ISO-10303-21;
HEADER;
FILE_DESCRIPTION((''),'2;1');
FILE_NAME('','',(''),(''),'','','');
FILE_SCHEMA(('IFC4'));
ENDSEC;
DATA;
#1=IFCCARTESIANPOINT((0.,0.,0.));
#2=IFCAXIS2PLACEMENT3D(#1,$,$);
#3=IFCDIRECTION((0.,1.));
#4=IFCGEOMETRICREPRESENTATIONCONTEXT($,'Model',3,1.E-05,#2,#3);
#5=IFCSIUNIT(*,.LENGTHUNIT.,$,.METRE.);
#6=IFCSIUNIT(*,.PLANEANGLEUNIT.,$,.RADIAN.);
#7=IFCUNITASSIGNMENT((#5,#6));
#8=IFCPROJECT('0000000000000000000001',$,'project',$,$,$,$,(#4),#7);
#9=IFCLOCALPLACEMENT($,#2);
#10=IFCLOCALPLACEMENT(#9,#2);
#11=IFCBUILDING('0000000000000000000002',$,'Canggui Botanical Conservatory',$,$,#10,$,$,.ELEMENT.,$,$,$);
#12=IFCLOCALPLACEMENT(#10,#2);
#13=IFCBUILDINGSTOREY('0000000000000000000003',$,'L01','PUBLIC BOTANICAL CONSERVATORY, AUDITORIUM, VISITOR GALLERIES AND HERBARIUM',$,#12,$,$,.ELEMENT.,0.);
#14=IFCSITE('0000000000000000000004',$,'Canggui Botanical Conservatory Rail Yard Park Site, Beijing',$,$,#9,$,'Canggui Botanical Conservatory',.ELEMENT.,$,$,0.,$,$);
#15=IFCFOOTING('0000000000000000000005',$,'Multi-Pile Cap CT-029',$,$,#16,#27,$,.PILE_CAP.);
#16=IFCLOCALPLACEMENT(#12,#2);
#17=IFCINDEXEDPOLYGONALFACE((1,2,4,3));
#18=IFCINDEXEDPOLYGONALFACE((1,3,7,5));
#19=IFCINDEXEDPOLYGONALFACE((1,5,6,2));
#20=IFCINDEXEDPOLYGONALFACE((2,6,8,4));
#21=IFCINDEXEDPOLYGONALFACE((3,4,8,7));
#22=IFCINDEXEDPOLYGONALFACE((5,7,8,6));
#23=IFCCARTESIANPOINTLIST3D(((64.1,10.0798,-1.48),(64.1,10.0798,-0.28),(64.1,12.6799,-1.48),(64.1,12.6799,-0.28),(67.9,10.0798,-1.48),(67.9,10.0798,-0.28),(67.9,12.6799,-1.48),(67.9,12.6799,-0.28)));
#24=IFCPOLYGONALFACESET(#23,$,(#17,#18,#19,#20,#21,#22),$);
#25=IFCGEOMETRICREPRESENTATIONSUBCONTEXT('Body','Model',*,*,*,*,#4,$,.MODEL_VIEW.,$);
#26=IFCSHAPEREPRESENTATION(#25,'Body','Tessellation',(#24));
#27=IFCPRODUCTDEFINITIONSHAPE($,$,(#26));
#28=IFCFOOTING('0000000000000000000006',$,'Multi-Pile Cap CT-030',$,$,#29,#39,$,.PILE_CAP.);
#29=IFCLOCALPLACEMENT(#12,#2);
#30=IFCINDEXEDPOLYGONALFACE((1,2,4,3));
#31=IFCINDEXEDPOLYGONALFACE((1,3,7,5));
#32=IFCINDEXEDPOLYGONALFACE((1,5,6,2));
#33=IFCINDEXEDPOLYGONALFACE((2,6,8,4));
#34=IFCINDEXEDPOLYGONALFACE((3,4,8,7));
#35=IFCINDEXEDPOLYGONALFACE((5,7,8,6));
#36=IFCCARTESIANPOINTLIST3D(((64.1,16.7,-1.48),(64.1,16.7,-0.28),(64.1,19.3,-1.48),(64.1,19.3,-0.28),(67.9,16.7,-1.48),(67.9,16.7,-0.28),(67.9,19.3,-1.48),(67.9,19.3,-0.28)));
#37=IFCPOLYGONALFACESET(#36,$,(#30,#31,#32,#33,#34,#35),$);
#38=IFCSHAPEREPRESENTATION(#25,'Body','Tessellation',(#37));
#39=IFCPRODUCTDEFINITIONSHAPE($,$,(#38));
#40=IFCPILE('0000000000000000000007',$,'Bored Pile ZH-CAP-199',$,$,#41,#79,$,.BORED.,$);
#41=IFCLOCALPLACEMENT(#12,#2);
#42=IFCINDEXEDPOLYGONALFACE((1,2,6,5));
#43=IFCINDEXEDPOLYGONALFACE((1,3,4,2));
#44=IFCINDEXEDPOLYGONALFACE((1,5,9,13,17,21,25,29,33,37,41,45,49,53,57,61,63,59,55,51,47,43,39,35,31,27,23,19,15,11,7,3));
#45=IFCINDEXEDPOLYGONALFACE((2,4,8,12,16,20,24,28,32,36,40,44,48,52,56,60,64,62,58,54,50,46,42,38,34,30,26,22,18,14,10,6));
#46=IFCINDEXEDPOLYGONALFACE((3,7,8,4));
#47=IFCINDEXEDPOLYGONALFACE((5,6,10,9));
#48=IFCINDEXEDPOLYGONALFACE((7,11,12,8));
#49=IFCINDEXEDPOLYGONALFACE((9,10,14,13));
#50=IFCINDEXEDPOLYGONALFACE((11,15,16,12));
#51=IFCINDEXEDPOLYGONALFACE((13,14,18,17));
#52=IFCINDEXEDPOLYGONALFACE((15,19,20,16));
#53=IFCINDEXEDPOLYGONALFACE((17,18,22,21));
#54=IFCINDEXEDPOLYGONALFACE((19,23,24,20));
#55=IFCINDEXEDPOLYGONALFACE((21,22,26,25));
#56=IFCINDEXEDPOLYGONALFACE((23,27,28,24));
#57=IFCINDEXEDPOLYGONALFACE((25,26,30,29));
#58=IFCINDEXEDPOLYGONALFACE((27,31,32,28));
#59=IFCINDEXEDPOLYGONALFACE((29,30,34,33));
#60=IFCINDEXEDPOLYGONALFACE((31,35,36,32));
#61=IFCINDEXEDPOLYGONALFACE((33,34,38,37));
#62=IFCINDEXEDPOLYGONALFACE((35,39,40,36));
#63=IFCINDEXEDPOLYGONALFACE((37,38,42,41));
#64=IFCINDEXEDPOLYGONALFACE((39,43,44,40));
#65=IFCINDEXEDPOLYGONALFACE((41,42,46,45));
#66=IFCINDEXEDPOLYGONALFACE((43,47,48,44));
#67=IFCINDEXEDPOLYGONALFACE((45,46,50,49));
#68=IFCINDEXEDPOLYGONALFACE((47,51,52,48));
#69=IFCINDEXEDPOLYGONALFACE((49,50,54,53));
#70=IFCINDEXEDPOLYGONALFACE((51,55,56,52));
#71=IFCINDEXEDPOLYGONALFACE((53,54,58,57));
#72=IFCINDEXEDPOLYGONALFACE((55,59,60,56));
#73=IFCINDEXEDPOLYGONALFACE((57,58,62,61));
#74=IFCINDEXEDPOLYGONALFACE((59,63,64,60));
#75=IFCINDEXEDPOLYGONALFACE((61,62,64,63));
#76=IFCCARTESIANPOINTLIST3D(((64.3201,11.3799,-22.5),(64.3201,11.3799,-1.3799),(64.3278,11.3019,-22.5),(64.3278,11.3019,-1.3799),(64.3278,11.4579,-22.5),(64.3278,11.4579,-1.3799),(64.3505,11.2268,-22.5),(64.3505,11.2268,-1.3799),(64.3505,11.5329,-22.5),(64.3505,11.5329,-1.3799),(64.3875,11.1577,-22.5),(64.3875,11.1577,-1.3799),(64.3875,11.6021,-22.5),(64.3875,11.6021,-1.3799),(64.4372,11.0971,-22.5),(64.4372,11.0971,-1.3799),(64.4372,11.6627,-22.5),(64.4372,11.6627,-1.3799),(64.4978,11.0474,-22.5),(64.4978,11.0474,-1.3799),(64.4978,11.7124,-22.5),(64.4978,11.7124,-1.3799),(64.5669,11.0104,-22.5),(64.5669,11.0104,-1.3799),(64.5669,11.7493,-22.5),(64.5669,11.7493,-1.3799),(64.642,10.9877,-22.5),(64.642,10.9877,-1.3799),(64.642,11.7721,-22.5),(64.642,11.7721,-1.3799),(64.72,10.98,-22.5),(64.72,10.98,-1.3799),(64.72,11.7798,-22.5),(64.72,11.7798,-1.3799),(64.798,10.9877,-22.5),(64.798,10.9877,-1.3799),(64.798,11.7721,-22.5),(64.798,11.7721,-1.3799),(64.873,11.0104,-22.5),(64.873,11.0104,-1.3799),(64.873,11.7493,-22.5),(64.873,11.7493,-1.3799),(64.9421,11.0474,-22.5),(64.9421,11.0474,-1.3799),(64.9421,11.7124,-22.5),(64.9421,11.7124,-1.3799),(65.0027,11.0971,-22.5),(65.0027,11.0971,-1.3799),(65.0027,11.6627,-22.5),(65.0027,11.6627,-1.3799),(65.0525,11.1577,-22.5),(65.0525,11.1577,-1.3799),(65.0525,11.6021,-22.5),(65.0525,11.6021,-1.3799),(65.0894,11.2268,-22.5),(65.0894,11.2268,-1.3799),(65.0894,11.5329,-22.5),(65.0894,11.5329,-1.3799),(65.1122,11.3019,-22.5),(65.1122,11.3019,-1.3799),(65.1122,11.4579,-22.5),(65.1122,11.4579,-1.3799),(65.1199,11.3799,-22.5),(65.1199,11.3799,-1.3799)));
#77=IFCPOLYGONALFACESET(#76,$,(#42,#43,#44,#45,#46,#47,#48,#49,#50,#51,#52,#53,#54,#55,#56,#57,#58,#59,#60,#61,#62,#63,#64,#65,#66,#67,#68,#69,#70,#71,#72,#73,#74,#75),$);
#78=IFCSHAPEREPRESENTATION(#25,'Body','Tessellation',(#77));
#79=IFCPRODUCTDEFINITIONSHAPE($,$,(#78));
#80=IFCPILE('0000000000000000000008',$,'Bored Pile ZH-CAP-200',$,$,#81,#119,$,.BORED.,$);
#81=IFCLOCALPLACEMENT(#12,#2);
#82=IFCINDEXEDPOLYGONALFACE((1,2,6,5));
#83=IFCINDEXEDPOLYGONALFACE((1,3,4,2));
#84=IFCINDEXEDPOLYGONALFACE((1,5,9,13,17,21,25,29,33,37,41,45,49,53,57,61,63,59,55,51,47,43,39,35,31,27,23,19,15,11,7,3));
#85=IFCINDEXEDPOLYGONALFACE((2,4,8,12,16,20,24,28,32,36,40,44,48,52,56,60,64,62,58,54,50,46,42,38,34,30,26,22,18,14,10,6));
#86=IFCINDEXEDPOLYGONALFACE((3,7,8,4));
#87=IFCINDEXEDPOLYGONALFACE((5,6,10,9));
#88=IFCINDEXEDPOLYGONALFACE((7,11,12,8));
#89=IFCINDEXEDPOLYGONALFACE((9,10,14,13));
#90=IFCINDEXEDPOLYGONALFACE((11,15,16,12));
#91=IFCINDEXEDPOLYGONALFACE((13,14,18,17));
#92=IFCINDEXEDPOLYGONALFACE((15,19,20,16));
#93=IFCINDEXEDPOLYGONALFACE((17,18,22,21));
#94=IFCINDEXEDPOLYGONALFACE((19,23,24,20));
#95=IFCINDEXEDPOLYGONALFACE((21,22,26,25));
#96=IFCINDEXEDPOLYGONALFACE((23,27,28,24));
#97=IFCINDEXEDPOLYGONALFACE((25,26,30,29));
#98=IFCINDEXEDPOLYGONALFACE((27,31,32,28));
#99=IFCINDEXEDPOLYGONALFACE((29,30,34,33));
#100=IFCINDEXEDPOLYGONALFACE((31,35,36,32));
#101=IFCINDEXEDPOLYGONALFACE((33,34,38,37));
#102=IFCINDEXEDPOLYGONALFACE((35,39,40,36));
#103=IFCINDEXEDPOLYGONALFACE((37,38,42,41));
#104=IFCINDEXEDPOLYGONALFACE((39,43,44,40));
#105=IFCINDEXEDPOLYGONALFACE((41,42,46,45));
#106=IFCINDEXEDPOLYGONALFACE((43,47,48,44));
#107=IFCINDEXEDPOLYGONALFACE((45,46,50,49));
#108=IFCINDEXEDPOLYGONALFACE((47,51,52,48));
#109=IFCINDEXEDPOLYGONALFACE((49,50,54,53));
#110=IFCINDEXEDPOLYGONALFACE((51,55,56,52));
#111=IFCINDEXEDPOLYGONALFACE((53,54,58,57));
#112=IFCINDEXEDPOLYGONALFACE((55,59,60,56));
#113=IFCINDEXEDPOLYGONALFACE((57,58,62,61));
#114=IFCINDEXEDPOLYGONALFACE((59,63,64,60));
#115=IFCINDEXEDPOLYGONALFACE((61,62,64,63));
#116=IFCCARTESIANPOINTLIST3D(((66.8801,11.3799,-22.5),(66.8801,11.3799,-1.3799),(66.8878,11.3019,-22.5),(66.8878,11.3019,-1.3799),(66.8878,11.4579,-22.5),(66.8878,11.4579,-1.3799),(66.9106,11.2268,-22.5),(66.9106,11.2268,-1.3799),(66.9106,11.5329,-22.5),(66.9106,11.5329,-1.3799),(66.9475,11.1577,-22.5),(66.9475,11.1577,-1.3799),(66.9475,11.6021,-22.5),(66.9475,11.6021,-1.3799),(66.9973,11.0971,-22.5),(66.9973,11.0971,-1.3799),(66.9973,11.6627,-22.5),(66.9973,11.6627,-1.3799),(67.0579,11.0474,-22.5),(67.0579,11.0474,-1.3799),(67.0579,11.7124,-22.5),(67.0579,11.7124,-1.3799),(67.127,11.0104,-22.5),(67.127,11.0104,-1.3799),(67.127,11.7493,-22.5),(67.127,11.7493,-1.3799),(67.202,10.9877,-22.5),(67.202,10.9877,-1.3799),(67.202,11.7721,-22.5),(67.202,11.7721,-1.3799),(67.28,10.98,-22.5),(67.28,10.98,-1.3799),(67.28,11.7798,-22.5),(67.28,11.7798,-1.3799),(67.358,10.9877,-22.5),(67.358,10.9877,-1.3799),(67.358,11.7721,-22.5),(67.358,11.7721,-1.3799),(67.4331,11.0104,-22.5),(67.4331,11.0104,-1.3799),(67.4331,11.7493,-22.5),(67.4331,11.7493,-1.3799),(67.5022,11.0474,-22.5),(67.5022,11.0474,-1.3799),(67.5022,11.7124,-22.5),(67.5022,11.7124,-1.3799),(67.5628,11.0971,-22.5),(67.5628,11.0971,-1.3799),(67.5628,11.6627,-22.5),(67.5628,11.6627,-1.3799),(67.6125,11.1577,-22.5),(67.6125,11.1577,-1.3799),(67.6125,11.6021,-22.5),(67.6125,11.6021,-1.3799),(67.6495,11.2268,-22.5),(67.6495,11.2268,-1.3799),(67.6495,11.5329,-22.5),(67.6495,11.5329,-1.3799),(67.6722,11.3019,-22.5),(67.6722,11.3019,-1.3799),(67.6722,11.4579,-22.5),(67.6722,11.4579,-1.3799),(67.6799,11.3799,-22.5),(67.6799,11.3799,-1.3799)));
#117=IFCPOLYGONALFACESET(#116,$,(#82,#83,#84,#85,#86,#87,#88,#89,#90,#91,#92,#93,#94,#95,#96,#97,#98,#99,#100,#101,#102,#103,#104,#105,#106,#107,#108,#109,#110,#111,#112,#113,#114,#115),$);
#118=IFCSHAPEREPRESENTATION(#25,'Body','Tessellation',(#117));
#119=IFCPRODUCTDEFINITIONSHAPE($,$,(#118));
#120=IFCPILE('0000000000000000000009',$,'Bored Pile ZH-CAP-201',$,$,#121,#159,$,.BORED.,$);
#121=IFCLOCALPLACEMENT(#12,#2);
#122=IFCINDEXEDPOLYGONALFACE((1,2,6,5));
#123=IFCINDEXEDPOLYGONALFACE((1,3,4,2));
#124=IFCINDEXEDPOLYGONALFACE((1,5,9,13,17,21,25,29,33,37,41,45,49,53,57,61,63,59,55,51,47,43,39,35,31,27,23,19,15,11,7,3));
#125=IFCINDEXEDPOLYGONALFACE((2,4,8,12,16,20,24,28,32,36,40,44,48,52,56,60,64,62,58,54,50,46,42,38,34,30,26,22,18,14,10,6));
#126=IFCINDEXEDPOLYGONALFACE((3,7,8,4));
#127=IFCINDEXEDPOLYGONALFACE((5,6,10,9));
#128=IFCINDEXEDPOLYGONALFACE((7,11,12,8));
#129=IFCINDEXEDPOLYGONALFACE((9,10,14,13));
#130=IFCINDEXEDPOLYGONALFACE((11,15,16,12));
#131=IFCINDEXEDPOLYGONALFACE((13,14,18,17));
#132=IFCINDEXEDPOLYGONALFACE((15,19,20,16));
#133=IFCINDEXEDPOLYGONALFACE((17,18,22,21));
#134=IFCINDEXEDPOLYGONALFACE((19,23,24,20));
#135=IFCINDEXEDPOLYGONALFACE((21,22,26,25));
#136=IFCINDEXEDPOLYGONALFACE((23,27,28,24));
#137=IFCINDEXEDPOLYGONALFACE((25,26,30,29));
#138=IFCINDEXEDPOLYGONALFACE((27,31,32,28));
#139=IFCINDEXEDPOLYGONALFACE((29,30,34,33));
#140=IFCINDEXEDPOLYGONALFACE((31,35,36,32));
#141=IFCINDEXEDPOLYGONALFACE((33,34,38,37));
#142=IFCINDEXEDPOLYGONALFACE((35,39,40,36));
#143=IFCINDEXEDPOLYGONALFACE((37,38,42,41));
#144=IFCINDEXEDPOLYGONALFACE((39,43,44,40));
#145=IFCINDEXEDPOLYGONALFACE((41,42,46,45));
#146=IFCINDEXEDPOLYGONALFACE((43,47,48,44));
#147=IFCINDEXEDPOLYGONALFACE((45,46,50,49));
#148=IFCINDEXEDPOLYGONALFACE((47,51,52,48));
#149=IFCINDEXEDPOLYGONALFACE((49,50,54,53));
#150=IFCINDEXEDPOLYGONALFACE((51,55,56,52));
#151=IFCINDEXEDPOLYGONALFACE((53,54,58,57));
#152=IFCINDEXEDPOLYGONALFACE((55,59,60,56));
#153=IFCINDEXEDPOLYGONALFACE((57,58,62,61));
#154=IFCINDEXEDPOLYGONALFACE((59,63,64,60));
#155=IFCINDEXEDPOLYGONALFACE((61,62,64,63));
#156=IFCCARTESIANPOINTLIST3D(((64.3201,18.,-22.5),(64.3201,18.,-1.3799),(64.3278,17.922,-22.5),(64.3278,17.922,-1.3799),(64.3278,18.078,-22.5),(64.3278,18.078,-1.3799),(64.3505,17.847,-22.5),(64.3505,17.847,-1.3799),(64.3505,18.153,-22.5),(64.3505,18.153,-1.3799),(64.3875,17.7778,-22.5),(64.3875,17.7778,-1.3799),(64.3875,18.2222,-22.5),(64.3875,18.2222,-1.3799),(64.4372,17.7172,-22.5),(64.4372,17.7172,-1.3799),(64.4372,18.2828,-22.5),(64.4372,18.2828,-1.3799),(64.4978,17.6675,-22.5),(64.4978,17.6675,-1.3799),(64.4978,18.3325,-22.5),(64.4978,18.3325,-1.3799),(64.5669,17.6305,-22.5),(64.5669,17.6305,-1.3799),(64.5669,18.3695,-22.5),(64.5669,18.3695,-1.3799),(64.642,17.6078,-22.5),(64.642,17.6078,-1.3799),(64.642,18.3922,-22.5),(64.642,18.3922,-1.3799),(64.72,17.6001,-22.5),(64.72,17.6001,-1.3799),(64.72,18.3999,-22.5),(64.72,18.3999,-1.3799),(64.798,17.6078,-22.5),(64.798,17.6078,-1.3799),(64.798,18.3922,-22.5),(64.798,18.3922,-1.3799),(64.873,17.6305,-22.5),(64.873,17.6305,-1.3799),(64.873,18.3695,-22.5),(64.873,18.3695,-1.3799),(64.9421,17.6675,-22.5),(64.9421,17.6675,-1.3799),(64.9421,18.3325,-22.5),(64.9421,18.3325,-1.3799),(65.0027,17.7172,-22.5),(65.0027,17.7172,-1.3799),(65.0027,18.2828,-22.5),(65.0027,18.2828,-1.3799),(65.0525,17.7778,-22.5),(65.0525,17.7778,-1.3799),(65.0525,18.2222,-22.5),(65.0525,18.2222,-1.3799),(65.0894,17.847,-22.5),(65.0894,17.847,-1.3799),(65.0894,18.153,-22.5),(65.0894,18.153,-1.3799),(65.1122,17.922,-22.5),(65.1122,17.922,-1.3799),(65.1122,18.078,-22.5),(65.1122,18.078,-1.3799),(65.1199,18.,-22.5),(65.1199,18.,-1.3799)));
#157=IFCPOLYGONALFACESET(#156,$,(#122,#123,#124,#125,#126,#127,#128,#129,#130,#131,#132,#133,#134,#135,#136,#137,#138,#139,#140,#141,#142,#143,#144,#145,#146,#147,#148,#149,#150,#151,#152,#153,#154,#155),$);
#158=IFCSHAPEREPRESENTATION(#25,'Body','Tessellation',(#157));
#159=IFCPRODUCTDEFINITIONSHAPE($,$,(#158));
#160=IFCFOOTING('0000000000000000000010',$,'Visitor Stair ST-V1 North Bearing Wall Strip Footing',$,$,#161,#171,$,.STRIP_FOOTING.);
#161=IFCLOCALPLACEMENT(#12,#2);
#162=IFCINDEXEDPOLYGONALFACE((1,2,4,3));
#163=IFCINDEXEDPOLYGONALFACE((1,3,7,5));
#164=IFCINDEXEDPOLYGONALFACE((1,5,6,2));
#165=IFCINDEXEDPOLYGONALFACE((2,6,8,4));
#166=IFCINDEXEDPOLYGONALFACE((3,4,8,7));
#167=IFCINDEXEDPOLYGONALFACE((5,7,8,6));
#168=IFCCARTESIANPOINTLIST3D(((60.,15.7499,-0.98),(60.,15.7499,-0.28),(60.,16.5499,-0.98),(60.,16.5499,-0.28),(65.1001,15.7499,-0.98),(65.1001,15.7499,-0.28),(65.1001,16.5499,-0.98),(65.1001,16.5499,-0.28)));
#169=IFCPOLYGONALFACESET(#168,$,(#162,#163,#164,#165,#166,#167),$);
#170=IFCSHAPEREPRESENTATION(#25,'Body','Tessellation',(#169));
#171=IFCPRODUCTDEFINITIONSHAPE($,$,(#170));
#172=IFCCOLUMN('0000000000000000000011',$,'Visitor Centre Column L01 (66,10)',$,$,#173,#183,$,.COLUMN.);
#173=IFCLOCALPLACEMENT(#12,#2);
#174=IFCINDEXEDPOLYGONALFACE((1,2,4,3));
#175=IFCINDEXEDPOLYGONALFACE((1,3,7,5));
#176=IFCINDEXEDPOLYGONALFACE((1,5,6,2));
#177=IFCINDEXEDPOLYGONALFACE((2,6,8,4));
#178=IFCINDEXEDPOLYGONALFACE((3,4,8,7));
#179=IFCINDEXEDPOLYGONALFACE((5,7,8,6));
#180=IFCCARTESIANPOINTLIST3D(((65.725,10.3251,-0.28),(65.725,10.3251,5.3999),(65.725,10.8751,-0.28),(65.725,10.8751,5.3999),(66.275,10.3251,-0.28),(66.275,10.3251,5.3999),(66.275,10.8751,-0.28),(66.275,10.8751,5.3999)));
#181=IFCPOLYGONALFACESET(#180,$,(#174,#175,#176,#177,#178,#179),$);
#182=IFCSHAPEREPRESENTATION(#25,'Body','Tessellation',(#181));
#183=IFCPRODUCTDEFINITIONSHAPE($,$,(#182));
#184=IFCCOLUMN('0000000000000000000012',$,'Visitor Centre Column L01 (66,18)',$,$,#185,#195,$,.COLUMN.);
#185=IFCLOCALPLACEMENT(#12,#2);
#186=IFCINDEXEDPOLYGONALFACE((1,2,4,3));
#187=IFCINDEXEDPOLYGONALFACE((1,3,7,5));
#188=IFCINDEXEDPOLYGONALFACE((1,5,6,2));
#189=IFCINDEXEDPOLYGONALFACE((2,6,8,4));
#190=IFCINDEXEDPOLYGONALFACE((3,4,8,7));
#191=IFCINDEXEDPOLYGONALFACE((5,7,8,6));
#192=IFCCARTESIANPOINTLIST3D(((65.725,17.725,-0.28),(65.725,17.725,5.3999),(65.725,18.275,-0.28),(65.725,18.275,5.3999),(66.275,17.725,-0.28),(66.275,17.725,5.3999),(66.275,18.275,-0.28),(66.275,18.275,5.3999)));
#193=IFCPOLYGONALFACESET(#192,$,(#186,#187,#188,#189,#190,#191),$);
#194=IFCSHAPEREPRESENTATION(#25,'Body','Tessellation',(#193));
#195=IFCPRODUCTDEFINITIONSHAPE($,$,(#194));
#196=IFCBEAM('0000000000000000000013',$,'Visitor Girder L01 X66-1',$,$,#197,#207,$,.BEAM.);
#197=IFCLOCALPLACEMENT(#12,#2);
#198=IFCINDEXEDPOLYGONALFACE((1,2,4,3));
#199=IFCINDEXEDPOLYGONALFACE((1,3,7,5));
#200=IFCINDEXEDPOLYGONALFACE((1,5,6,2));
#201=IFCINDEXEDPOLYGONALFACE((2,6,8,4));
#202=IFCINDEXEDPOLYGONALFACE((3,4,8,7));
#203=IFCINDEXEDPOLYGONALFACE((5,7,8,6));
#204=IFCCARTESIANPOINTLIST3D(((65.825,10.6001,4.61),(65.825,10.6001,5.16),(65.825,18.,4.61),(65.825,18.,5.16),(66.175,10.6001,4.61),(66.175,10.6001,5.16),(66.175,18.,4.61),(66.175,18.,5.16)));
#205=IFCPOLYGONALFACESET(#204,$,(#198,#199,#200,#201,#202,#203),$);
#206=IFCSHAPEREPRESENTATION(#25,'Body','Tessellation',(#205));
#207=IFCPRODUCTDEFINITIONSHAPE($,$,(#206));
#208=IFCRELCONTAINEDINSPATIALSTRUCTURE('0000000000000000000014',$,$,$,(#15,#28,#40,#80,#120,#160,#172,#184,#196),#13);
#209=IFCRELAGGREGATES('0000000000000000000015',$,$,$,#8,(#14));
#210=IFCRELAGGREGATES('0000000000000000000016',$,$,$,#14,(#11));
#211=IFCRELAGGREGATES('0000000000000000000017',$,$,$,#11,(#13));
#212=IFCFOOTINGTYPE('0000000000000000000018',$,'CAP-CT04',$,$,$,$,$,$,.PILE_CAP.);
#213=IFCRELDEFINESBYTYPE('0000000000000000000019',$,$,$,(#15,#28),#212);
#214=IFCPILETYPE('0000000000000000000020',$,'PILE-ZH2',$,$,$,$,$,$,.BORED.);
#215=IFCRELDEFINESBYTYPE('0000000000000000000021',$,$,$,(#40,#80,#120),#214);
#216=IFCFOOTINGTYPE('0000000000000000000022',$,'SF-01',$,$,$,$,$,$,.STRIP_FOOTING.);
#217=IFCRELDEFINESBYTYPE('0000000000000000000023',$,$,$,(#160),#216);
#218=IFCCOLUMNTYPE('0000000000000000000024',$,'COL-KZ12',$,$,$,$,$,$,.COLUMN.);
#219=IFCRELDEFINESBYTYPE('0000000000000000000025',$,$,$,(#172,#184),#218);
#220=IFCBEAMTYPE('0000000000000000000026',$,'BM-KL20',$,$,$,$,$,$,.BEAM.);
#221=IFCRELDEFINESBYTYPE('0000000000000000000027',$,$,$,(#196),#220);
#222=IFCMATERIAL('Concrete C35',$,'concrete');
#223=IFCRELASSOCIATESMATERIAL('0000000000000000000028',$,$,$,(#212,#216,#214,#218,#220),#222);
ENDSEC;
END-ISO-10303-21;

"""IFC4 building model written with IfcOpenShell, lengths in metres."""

from ifc_helpers import new_model, si_unit, direction, frame, origin, origin_2d, place, context, subcontext, project, spatial, rectangle, circle, extrude, material, material_profile, profile_set, type_object, element, save


model = new_model("IFC4")

# Units and contexts
model_context = context("Model", 3, precision=1e-05, world=origin(), true_north=direction((0.0, 1.0)))
body_context = subcontext(model_context, "Body", "Model", "MODEL_VIEW")
ifc_project = project(units=[si_unit("LENGTHUNIT", "METRE"), si_unit("PLANEANGLEUNIT", "RADIAN")], contexts=[model_context])

# Site, building, storey
site_placement = place(None, origin())
site = spatial("IfcSite", under=ifc_project, at=site_placement, Name="Canggui Botanical Conservatory Rail Yard Park Site, Beijing", LongName="Canggui Botanical Conservatory", CompositionType="ELEMENT", RefElevation=0.0)
building_placement = place(site_placement, origin())
building = spatial("IfcBuilding", under=site, at=building_placement, Name="Canggui Botanical Conservatory", CompositionType="ELEMENT")
storey_placement = place(building_placement, origin())
storey = spatial("IfcBuildingStorey", under=building, at=storey_placement, Name="L01", Description="PUBLIC BOTANICAL CONSERVATORY, AUDITORIUM, VISITOR GALLERIES AND HERBARIUM", CompositionType="ELEMENT", Elevation=0.0)

# Footings
ifc_material_1 = material(Name="Concrete C35", Category="concrete")
footing_type_1 = type_object("IfcFootingType", Name="CAP-CT04", PredefinedType="PILE_CAP", material=ifc_material_1)
for number, where, z_axis, x_axis, name in (
    (1, (66.0, 11.3799, -1.48), (0.0, 0.0, 1.0), (1.0, 0.0, 0.0), "Multi-Pile Cap CT-029"),
    (2, (66.0, 18.0, -1.48), (0.0, 0.0, 1.0), (1.0, 0.0, 0.0), "Multi-Pile Cap CT-030"),
):
    element("IfcFooting", number, at=place(storey_placement, frame(where, z_axis=z_axis, x_axis=x_axis)), inside=storey, type_object=footing_type_1, Name=name, PredefinedType="PILE_CAP", context=body_context, shape_type="SweptSolid", body=[
        extrude(rectangle(XDim=3.8, YDim=2.6001, at=origin_2d()), origin(), (0.0, 0.0, 1.0), 1.2),
    ])

# Piles
ifc_material_profile_1 = material_profile(ifc_material_1, circle(Radius=0.3999, at=origin_2d()), Name="PILE D800")
ifc_profile_set_1 = profile_set([ifc_material_profile_1], Name="Concrete C35")
pile_type = type_object("IfcPileType", Name="PILE-ZH2", PredefinedType="BORED", material=ifc_profile_set_1)
for number, where, z_axis, x_axis, name in (
    (3, (64.72, 11.3799, -1.3799), (0.0, 0.0, -1.0), (1.0, 0.0, 0.0), "Bored Pile ZH-CAP-199"),
    (4, (67.28, 11.3799, -1.3799), (0.0, 0.0, -1.0), (1.0, 0.0, 0.0), "Bored Pile ZH-CAP-200"),
    (5, (64.72, 18.0, -1.3799), (0.0, 0.0, -1.0), (1.0, 0.0, 0.0), "Bored Pile ZH-CAP-201"),
):
    element("IfcPile", number, at=place(storey_placement, frame(where, z_axis=z_axis, x_axis=x_axis)), inside=storey, type_object=pile_type, Name=name, PredefinedType="BORED", context=body_context, shape_type="SweptSolid", body=[
        extrude(circle(Radius=0.3999, at=origin_2d()), origin(), (0.0, 0.0, 1.0), 21.1201),
    ])

# Footing
footing_type_2 = type_object("IfcFootingType", Name="SF-01", PredefinedType="STRIP_FOOTING", material=ifc_material_1)
footing_placement = place(storey_placement, frame((62.55, 16.1499, -0.98), z_axis=(0.0, 0.0, 1.0), x_axis=(1.0, 0.0, 0.0)))
element("IfcFooting", 6, at=footing_placement, inside=storey, type_object=footing_type_2, Name="Visitor Stair ST-V1 North Bearing Wall Strip Footing", PredefinedType="STRIP_FOOTING", context=body_context, shape_type="SweptSolid", body=[
    extrude(rectangle(XDim=5.1001, YDim=0.8, at=origin_2d()), origin(), (0.0, 0.0, 1.0), 0.7),
])

# Columns
ifc_material_profile_2 = material_profile(ifc_material_1, rectangle(XDim=0.55, YDim=0.55, at=origin_2d()), Name="RC 550x550")
ifc_profile_set_2 = profile_set([ifc_material_profile_2], Name="Concrete C35")
column_type = type_object("IfcColumnType", Name="COL-KZ12", PredefinedType="COLUMN", material=ifc_profile_set_2)
for number, where, z_axis, x_axis, name in (
    (7, (66.0, 10.6001, -0.28), (0.0, 0.0, 1.0), (1.0, 0.0, 0.0), "Visitor Centre Column L01 (66,10)"),
    (8, (66.0, 18.0, -0.28), (0.0, 0.0, 1.0), (1.0, 0.0, 0.0), "Visitor Centre Column L01 (66,18)"),
):
    element("IfcColumn", number, at=place(storey_placement, frame(where, z_axis=z_axis, x_axis=x_axis)), inside=storey, type_object=column_type, Name=name, PredefinedType="COLUMN", context=body_context, shape_type="SweptSolid", body=[
        extrude(rectangle(XDim=0.55, YDim=0.55, at=origin_2d()), origin(), (0.0, 0.0, 1.0), 5.6799),
    ])

# Beam
ifc_material_profile_3 = material_profile(ifc_material_1, rectangle(XDim=0.3501, YDim=0.55, at=origin_2d()), Name="RB 350x550")
ifc_profile_set_3 = profile_set([ifc_material_profile_3], Name="Concrete C35")
beam_type_1 = type_object("IfcBeamType", Name="BM-KL20", PredefinedType="BEAM", material=ifc_profile_set_3)
beam_1_placement = place(storey_placement, frame((66.0, 10.6001, 4.885), z_axis=(0.0, 1.0, 0.0), x_axis=(-1.0, 0.0, 0.0)))
element("IfcBeam", 9, at=beam_1_placement, inside=storey, type_object=beam_type_1, Name="Visitor Girder L01 X66-1", PredefinedType="BEAM", context=body_context, shape_type="SweptSolid", body=[
    extrude(rectangle(XDim=0.3501, YDim=0.55, at=origin_2d()), origin(), (0.0, 0.0, 1.0), 7.3999),
])

save(model, "model.ifc")
